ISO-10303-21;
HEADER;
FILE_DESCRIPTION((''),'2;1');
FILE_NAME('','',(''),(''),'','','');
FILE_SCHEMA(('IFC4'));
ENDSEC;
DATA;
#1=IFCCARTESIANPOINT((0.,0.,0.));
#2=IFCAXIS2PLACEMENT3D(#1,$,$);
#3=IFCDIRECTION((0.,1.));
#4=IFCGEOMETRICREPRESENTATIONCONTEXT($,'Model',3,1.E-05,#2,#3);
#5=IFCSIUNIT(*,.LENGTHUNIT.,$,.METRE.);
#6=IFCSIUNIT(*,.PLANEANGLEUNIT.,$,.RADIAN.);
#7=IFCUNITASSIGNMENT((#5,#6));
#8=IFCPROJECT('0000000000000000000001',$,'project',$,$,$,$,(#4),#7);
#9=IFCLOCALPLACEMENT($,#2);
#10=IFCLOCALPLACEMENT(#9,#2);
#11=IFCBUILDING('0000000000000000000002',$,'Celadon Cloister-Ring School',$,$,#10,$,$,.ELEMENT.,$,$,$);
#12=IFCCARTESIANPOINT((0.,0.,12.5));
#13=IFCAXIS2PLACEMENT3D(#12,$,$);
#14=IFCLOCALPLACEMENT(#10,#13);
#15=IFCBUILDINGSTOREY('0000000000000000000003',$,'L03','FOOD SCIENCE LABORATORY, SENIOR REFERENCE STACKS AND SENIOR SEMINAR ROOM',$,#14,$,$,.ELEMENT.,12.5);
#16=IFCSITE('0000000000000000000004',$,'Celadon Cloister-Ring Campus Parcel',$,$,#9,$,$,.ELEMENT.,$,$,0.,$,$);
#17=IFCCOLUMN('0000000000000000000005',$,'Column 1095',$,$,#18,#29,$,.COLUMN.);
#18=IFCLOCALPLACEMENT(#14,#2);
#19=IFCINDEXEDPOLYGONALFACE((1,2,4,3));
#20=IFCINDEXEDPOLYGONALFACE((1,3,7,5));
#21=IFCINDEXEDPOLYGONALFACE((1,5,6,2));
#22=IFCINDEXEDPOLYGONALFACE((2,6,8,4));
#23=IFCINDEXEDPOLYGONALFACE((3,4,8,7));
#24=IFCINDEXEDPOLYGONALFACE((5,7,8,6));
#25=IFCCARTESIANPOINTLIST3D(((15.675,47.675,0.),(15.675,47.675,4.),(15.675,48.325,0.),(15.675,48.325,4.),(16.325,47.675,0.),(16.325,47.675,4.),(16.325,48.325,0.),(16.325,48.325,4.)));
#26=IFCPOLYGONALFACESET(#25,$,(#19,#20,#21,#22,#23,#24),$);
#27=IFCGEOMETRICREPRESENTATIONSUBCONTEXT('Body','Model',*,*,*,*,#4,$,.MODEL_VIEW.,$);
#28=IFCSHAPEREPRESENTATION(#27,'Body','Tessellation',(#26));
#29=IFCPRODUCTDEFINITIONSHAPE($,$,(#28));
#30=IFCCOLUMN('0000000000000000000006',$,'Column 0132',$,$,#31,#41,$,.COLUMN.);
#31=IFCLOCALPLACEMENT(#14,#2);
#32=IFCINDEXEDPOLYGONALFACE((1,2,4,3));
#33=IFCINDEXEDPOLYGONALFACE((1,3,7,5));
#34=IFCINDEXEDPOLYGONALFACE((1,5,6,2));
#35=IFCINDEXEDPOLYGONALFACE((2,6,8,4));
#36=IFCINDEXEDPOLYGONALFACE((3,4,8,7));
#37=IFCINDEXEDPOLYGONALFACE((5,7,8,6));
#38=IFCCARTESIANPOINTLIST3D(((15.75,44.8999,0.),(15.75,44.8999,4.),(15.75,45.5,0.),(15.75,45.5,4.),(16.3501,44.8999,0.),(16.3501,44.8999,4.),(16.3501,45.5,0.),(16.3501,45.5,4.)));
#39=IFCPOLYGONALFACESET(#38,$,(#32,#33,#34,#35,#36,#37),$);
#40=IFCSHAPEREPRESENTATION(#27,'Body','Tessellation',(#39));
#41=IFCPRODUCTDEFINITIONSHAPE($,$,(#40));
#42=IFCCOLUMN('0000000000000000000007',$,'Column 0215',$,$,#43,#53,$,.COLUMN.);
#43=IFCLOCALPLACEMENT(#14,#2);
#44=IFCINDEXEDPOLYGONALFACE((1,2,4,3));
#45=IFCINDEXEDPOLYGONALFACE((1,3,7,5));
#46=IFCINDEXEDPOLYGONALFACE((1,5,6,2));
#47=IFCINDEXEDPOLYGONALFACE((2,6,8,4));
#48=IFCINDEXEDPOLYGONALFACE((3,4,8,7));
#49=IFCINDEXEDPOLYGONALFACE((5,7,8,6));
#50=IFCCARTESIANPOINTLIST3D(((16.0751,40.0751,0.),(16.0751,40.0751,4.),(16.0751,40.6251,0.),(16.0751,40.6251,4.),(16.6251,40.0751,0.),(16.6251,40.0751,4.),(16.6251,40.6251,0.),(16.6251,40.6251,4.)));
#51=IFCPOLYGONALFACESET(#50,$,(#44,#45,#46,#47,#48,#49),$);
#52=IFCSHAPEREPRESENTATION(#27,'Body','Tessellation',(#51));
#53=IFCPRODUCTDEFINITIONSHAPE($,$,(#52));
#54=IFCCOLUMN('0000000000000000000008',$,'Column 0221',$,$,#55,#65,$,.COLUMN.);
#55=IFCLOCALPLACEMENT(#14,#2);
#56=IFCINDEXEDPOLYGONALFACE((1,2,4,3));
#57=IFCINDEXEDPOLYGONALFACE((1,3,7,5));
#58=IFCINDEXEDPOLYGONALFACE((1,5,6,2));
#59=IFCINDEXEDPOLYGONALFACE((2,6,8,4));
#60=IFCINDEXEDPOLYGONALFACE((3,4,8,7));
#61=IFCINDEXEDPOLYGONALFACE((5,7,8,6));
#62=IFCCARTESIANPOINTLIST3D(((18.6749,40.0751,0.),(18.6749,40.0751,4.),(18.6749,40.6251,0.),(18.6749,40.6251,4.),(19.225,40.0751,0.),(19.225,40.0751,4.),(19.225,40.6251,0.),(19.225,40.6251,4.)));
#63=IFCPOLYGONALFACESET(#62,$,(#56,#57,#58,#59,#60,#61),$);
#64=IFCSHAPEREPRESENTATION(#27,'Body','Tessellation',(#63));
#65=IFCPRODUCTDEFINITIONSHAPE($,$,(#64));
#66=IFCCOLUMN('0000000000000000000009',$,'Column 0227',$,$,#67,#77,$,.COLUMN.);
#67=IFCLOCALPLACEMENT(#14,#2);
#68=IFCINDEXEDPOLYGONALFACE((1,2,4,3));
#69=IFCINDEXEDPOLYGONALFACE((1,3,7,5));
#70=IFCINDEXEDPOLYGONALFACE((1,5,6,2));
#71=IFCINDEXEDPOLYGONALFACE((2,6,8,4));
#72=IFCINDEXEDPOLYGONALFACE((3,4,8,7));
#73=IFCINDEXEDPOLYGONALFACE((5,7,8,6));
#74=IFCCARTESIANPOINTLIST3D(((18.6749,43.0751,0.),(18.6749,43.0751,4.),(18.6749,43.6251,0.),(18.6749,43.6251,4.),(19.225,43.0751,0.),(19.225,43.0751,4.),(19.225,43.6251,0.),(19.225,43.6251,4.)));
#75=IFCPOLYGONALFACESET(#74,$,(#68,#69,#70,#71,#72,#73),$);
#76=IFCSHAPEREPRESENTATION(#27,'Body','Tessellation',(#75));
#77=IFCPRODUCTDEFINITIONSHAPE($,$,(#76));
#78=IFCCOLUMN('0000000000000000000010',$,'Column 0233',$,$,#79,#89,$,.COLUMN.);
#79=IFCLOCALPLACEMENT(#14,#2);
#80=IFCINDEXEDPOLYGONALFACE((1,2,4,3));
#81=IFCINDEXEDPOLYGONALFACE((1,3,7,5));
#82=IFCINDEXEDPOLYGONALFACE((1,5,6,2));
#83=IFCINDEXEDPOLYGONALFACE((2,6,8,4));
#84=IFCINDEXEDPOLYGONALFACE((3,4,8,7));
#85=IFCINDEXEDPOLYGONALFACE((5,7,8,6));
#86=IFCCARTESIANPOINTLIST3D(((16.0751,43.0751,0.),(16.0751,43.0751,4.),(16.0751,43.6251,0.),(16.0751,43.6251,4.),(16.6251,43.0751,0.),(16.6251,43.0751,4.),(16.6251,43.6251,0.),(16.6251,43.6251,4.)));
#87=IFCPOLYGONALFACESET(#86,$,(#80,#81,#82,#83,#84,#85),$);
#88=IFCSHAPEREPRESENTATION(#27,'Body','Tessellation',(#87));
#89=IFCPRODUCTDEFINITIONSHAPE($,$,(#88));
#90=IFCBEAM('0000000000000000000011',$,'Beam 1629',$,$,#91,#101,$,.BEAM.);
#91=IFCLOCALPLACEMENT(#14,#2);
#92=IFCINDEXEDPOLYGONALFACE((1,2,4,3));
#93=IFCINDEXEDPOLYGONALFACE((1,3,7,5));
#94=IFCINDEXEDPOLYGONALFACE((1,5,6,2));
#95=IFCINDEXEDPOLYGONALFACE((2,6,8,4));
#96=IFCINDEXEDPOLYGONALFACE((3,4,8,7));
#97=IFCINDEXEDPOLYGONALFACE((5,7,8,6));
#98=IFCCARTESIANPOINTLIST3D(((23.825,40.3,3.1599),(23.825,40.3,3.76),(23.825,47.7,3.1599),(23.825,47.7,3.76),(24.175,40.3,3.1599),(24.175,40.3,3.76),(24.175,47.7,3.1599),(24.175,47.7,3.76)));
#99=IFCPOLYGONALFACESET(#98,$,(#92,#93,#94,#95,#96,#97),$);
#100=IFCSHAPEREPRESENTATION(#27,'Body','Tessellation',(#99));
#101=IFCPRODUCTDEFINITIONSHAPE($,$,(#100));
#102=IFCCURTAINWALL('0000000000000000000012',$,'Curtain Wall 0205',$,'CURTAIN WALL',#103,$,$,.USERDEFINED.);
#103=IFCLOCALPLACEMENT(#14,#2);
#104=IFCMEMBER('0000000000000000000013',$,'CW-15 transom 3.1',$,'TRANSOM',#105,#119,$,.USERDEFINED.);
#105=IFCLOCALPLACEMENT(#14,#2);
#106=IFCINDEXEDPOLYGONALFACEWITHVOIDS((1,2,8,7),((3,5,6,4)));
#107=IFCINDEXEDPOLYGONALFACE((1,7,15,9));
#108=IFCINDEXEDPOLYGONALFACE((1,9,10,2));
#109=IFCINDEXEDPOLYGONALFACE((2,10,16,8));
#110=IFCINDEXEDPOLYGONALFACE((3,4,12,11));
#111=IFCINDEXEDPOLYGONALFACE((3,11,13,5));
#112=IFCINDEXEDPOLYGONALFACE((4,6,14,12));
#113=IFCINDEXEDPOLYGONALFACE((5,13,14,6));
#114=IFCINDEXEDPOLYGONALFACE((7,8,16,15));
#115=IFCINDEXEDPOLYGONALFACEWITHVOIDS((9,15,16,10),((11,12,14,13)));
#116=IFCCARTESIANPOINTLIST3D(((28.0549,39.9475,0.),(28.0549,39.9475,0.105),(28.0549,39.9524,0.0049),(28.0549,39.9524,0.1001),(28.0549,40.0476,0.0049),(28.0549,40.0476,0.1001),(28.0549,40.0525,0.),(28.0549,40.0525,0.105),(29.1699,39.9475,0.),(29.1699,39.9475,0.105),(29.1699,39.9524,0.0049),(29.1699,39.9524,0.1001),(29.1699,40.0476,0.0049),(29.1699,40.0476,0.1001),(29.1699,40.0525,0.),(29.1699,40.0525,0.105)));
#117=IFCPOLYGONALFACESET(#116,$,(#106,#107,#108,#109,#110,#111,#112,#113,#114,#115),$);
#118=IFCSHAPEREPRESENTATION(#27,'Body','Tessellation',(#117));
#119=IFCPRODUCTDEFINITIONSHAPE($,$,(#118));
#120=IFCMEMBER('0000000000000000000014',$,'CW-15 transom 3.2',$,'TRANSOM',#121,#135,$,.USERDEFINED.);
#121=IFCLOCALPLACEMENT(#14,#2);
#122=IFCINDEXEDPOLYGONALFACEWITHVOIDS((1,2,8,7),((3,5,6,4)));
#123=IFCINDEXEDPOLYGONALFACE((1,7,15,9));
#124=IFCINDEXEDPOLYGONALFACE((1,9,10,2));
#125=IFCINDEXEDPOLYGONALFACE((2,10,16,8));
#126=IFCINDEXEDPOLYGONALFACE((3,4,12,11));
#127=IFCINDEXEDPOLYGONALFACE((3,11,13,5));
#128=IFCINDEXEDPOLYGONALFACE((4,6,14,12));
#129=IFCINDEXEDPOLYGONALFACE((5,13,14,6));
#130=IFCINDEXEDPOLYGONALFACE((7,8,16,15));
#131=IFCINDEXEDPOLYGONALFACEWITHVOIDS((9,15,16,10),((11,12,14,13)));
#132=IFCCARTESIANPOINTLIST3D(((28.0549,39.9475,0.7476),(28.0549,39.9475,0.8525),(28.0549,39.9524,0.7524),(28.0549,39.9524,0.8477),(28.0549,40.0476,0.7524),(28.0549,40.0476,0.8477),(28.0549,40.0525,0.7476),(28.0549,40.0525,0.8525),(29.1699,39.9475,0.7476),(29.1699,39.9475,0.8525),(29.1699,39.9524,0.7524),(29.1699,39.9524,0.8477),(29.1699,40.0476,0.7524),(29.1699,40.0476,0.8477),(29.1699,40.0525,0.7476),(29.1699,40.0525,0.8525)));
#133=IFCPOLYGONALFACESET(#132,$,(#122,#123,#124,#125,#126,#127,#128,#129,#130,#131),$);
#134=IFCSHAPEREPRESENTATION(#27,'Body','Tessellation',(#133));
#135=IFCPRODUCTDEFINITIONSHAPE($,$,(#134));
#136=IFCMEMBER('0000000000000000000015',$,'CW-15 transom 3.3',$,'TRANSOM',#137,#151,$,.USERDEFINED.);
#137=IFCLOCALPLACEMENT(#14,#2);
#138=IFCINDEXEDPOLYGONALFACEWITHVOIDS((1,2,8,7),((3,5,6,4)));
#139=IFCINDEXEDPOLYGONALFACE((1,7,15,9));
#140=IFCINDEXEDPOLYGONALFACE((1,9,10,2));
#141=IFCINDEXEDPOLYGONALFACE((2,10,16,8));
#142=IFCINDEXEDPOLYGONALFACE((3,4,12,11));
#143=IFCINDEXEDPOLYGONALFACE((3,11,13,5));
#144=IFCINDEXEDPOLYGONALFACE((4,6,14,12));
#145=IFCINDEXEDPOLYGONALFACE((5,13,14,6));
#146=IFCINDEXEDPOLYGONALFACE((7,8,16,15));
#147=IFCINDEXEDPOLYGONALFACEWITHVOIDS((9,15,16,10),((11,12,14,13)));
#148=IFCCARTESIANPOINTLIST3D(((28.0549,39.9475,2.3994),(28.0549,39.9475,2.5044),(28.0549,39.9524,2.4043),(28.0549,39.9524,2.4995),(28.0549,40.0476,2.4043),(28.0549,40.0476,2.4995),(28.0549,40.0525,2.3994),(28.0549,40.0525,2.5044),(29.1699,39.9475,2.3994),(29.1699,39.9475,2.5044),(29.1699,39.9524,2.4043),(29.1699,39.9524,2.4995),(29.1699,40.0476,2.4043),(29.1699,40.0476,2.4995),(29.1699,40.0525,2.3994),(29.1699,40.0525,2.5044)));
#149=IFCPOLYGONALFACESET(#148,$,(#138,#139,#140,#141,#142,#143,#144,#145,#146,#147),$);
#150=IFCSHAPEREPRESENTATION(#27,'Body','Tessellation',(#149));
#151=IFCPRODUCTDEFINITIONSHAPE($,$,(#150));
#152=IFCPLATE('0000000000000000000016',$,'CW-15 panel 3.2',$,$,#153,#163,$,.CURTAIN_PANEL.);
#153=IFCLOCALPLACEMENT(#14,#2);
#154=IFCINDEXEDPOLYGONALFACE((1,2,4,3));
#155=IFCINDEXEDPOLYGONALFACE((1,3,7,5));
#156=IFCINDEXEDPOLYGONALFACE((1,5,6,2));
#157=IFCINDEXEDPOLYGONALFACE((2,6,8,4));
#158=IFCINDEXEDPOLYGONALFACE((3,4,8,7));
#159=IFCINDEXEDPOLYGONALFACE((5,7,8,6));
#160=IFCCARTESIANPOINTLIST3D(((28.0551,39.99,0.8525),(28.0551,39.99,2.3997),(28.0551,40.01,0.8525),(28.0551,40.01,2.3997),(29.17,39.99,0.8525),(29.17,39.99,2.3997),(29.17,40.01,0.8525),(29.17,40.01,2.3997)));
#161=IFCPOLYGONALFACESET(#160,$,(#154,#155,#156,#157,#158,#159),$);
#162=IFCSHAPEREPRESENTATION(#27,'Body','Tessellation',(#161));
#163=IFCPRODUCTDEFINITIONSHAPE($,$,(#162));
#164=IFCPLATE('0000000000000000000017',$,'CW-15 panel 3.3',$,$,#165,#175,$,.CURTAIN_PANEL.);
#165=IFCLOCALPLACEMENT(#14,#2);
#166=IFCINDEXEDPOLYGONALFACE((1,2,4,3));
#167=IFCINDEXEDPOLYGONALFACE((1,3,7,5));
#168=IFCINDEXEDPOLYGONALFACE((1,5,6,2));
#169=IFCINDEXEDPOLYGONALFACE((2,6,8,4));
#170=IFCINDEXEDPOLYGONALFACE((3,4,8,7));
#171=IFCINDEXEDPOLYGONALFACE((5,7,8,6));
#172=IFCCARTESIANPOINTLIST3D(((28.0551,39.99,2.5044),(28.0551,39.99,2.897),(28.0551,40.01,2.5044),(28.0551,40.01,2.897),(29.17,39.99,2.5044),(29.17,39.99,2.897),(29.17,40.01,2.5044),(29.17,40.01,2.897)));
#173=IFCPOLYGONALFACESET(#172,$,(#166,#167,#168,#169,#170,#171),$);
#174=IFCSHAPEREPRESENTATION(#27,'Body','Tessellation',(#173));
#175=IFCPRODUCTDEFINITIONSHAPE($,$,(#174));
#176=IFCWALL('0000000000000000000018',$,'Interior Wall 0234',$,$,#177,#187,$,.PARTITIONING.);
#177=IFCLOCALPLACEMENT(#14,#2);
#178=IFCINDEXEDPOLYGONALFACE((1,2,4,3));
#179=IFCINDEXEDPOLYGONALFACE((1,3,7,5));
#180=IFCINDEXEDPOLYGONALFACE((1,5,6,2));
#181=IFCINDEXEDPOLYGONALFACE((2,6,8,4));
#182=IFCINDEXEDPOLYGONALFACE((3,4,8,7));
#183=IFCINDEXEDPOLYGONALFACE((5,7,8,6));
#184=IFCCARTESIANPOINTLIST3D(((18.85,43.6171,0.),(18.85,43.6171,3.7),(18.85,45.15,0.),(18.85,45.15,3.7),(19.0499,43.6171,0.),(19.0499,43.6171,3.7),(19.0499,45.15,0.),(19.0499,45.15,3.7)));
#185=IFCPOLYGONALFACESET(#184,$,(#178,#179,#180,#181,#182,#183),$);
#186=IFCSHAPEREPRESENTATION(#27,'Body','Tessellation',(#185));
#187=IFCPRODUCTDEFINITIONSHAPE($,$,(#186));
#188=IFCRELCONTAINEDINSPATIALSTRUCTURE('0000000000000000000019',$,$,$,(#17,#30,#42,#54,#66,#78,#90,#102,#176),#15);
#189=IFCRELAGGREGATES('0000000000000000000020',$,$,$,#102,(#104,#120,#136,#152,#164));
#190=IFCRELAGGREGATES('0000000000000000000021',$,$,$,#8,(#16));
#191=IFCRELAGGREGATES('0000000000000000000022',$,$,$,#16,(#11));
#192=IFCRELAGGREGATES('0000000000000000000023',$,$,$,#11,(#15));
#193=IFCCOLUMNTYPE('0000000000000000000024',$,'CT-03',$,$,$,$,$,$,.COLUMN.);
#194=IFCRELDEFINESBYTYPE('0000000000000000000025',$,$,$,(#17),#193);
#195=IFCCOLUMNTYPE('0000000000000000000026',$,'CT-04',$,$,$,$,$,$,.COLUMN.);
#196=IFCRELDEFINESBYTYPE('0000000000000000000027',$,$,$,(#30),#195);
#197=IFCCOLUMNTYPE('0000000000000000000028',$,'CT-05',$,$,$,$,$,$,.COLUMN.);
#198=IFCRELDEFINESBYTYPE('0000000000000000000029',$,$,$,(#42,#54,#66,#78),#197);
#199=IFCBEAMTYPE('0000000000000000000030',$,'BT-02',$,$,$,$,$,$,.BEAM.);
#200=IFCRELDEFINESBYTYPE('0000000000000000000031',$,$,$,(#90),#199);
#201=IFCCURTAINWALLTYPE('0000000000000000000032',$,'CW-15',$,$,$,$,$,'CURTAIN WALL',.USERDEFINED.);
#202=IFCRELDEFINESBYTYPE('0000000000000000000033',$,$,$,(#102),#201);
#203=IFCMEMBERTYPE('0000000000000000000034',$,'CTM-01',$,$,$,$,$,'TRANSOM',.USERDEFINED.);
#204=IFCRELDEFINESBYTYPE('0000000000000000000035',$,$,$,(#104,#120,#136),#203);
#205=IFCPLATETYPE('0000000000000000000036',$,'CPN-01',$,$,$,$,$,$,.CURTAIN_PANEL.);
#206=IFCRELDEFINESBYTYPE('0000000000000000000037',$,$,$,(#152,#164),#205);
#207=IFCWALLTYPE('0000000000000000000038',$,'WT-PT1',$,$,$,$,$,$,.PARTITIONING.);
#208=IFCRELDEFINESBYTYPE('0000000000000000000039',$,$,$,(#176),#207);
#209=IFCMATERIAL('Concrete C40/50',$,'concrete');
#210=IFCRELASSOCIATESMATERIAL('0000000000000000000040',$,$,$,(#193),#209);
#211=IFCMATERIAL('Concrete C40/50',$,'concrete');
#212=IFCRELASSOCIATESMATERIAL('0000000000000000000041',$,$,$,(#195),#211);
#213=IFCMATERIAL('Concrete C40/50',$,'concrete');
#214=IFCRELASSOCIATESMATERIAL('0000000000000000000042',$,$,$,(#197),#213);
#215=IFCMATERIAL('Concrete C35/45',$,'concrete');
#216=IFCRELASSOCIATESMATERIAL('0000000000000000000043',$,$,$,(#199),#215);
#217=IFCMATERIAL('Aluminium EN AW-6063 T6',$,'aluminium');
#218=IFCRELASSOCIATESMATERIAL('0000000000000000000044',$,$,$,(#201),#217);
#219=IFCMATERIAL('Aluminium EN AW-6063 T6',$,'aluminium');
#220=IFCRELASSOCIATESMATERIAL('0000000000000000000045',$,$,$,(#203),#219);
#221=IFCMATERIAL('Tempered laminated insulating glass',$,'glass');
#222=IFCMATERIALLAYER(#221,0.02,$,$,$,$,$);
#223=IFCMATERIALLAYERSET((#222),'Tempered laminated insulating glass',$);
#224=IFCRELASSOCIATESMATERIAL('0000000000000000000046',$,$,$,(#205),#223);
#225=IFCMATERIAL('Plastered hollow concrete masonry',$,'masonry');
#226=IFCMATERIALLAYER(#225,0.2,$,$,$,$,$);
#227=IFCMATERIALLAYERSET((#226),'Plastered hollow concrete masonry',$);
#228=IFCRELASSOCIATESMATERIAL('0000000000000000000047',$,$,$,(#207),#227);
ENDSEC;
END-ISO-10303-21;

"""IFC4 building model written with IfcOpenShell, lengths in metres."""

from ifc_helpers import new_model, si_unit, direction, frame, frame_2d, origin, origin_2d, place, context, subcontext, project, spatial, rectangle, hollow_rectangle, extrude, material, layer, layer_set, material_profile, profile_set, type_object, element, aggregate, save


model = new_model("IFC4")

# Units and contexts
model_context = context("Model", 3, precision=1e-05, world=origin(), true_north=direction((0.0, 1.0)))
body_context = subcontext(model_context, "Body", "Model", "MODEL_VIEW")
ifc_project = project(units=[si_unit("LENGTHUNIT", "METRE"), si_unit("PLANEANGLEUNIT", "RADIAN")], contexts=[model_context])

# Site, building, storey
site_placement = place(None, origin())
site = spatial("IfcSite", under=ifc_project, at=site_placement, Name="Celadon Cloister-Ring Campus Parcel", CompositionType="ELEMENT", RefElevation=0.0)
building_placement = place(site_placement, origin())
building = spatial("IfcBuilding", under=site, at=building_placement, Name="Celadon Cloister-Ring School", CompositionType="ELEMENT")
storey_placement = place(building_placement, frame((0.0, 0.0, 12.5)))
storey = spatial("IfcBuildingStorey", under=building, at=storey_placement, Name="L03", Description="FOOD SCIENCE LABORATORY, SENIOR REFERENCE STACKS AND SENIOR SEMINAR ROOM", CompositionType="ELEMENT", Elevation=12.5)

# Columns
ifc_material_1 = material(Name="Concrete C40/50", Category="concrete")
ifc_material_profile_1 = material_profile(ifc_material_1, rectangle(XDim=0.6499, YDim=0.6499, at=origin_2d()), Name="RC650X650")
ifc_profile_set_1 = profile_set([ifc_material_profile_1], Name="Concrete C40/50")
column_type_1 = type_object("IfcColumnType", Name="CT-03", PredefinedType="COLUMN", material=ifc_profile_set_1)
column_1_placement = place(storey_placement, frame((16.0, 48.0, 0.0), z_axis=(0.0, 0.0, 1.0), x_axis=(1.0, 0.0, 0.0)))
element("IfcColumn", 1, at=column_1_placement, inside=storey, type_object=column_type_1, Name="Column 1095", PredefinedType="COLUMN", context=body_context, shape_type="SweptSolid", body=[
    extrude(rectangle(XDim=0.6499, YDim=0.6499, at=origin_2d()), origin(), (0.0, 0.0, 1.0), 4.0),
])
ifc_material_2 = material(Name="Concrete C40/50", Category="concrete")
ifc_material_profile_2 = material_profile(ifc_material_2, rectangle(XDim=0.6001, YDim=0.6001, at=origin_2d()), Name="RC600X600")
ifc_profile_set_2 = profile_set([ifc_material_profile_2], Name="Concrete C40/50")
column_type_2 = type_object("IfcColumnType", Name="CT-04", PredefinedType="COLUMN", material=ifc_profile_set_2)
column_2_placement = place(storey_placement, frame((16.05, 45.2, 0.0), z_axis=(0.0, 0.0, 1.0), x_axis=(1.0, 0.0, 0.0)))
element("IfcColumn", 2, at=column_2_placement, inside=storey, type_object=column_type_2, Name="Column 0132", PredefinedType="COLUMN", context=body_context, shape_type="SweptSolid", body=[
    extrude(rectangle(XDim=0.6001, YDim=0.6001, at=origin_2d()), origin(), (0.0, 0.0, 1.0), 4.0),
])
ifc_material_3 = material(Name="Concrete C40/50", Category="concrete")
ifc_material_profile_3 = material_profile(ifc_material_3, rectangle(XDim=0.55, YDim=0.55, at=origin_2d()), Name="RC550X550")
ifc_profile_set_3 = profile_set([ifc_material_profile_3], Name="Concrete C40/50")
column_type_3 = type_object("IfcColumnType", Name="CT-05", PredefinedType="COLUMN", material=ifc_profile_set_3)
for number, where, z_axis, x_axis, name in (
    (3, (16.3501, 40.3501, 0.0), (0.0, 0.0, 1.0), (1.0, 0.0, 0.0), "Column 0215"),
    (4, (18.95, 40.3501, 0.0), (0.0, 0.0, 1.0), (1.0, 0.0, 0.0), "Column 0221"),
    (5, (18.95, 43.3501, 0.0), (0.0, 0.0, 1.0), (1.0, 0.0, 0.0), "Column 0227"),
    (6, (16.3501, 43.3501, 0.0), (0.0, 0.0, 1.0), (1.0, 0.0, 0.0), "Column 0233"),
):
    element("IfcColumn", number, at=place(storey_placement, frame(where, z_axis=z_axis, x_axis=x_axis)), inside=storey, type_object=column_type_3, Name=name, PredefinedType="COLUMN", context=body_context, shape_type="SweptSolid", body=[
        extrude(rectangle(XDim=0.55, YDim=0.55, at=origin_2d()), origin(), (0.0, 0.0, 1.0), 4.0),
    ])

# Beam
ifc_material_4 = material(Name="Concrete C35/45", Category="concrete")
ifc_material_profile_4 = material_profile(ifc_material_4, rectangle(XDim=0.3501, YDim=0.6001, at=origin_2d()), Name="RC350X600")
ifc_profile_set_4 = profile_set([ifc_material_profile_4], Name="Concrete C35/45")
beam_type = type_object("IfcBeamType", Name="BT-02", PredefinedType="BEAM", material=ifc_profile_set_4)
beam_placement = place(storey_placement, frame((24.0, 40.3, 3.46), z_axis=(0.0, 1.0, 0.0), x_axis=(-1.0, 0.0, 0.0)))
element("IfcBeam", 7, at=beam_placement, inside=storey, type_object=beam_type, Name="Beam 1629", PredefinedType="BEAM", context=body_context, shape_type="SweptSolid", body=[
    extrude(rectangle(XDim=0.3501, YDim=0.6001, at=origin_2d()), origin(), (0.0, 0.0, 1.0), 7.3999),
])

# Curtain wall, members, plates
ifc_material_5 = material(Name="Aluminium EN AW-6063 T6", Category="aluminium")
curtain_wall_type = type_object("IfcCurtainWallType", Name="CW-15", ElementType="CURTAIN WALL", PredefinedType="USERDEFINED", material=ifc_material_5)
curtain_wall_placement = place(storey_placement, origin())
curtain_wall = element("IfcCurtainWall", 8, at=curtain_wall_placement, inside=storey, type_object=curtain_wall_type, Name="Curtain Wall 0205", ObjectType="CURTAIN WALL", PredefinedType="USERDEFINED")
ifc_material_6 = material(Name="Aluminium EN AW-6063 T6", Category="aluminium")
ifc_material_profile_5 = material_profile(ifc_material_6, hollow_rectangle(XDim=0.105, YDim=0.105, WallThickness=0.0049, at=origin_2d()), Name="RHS105X105X5")
ifc_profile_set_5 = profile_set([ifc_material_profile_5], Name="Aluminium EN AW-6063 T6")
member_type = type_object("IfcMemberType", Name="CTM-01", ElementType="TRANSOM", PredefinedType="USERDEFINED", material=ifc_profile_set_5)
member_1_placement = place(storey_placement, frame((29.1699, 40.0, 0.0525), z_axis=(-1.0, 0.0, 0.0), x_axis=(0.0, -1.0, 0.0)))
member_1 = element("IfcMember", 9, at=member_1_placement, type_object=member_type, Name="CW-15 transom 3.1", ObjectType="TRANSOM", PredefinedType="USERDEFINED", context=body_context, shape_type="SweptSolid", body=[
    extrude(hollow_rectangle(XDim=0.105, YDim=0.105, WallThickness=0.0049, at=origin_2d()), origin(), (0.0, 0.0, 1.0), 1.115),
])
member_2_placement = place(storey_placement, frame((29.1699, 40.0, 0.8), z_axis=(-1.0, 0.0, 0.0), x_axis=(0.0, -1.0, 0.0)))
member_2 = element("IfcMember", 10, at=member_2_placement, type_object=member_type, Name="CW-15 transom 3.2", ObjectType="TRANSOM", PredefinedType="USERDEFINED", context=body_context, shape_type="SweptSolid", body=[
    extrude(hollow_rectangle(XDim=0.105, YDim=0.105, WallThickness=0.0049, at=origin_2d()), origin(), (0.0, 0.0, 1.0), 1.115),
])
member_3_placement = place(storey_placement, frame((29.1699, 40.0, 2.4519), z_axis=(-1.0, 0.0, 0.0), x_axis=(0.0, -1.0, 0.0)))
member_3 = element("IfcMember", 11, at=member_3_placement, type_object=member_type, Name="CW-15 transom 3.3", ObjectType="TRANSOM", PredefinedType="USERDEFINED", context=body_context, shape_type="SweptSolid", body=[
    extrude(hollow_rectangle(XDim=0.105, YDim=0.105, WallThickness=0.0049, at=origin_2d()), origin(), (0.0, 0.0, 1.0), 1.115),
])
ifc_material_7 = material(Name="Tempered laminated insulating glass", Category="glass")
ifc_layer_1 = layer(ifc_material_7, 0.02)
ifc_layer_set_1 = layer_set([ifc_layer_1], Name="Tempered laminated insulating glass")
plate_type = type_object("IfcPlateType", Name="CPN-01", PredefinedType="CURTAIN_PANEL", material=ifc_layer_set_1)
plate_1_placement = place(storey_placement, frame((28.6125, 40.0, 0.8525), z_axis=(0.0, 0.0, 1.0), x_axis=(-1.0, 0.0, 0.0)))
plate_1 = element("IfcPlate", 12, at=plate_1_placement, type_object=plate_type, Name="CW-15 panel 3.2", PredefinedType="CURTAIN_PANEL", context=body_context, shape_type="SweptSolid", body=[
    extrude(rectangle(XDim=1.115, YDim=0.02, at=origin_2d()), origin(), (0.0, 0.0, 1.0), 1.5471),
])
plate_2_placement = place(storey_placement, frame((28.6125, 40.0, 2.5044), z_axis=(0.0, 0.0, 1.0), x_axis=(-1.0, 0.0, 0.0)))
plate_2 = element("IfcPlate", 13, at=plate_2_placement, type_object=plate_type, Name="CW-15 panel 3.3", PredefinedType="CURTAIN_PANEL", context=body_context, shape_type="SweptSolid", body=[
    extrude(rectangle(XDim=1.115, YDim=0.02, at=origin_2d()), origin(), (0.0, 0.0, 1.0), 0.3926),
])
aggregate(curtain_wall, [member_1, member_2, member_3, plate_1, plate_2])

# Wall
ifc_material_8 = material(Name="Plastered hollow concrete masonry", Category="masonry")
ifc_layer_2 = layer(ifc_material_8, 0.2)
ifc_layer_set_2 = layer_set([ifc_layer_2], Name="Plastered hollow concrete masonry")
wall_type_1 = type_object("IfcWallType", Name="WT-PT1", PredefinedType="PARTITIONING", material=ifc_layer_set_2)
wall_1_placement = place(storey_placement, frame((18.95, 43.6169, 0.0), z_axis=(0.0, 0.0, 1.0), x_axis=(0.0, 1.0, 0.0)))
element("IfcWall", 14, at=wall_1_placement, inside=storey, type_object=wall_type_1, Name="Interior Wall 0234", PredefinedType="PARTITIONING", context=body_context, shape_type="SweptSolid", body=[
    extrude(rectangle(XDim=1.533, YDim=0.2, at=frame_2d((0.7666, 0.0))), origin(), (0.0, 0.0, 1.0), 3.7),
])

save(model, "model.ifc")
